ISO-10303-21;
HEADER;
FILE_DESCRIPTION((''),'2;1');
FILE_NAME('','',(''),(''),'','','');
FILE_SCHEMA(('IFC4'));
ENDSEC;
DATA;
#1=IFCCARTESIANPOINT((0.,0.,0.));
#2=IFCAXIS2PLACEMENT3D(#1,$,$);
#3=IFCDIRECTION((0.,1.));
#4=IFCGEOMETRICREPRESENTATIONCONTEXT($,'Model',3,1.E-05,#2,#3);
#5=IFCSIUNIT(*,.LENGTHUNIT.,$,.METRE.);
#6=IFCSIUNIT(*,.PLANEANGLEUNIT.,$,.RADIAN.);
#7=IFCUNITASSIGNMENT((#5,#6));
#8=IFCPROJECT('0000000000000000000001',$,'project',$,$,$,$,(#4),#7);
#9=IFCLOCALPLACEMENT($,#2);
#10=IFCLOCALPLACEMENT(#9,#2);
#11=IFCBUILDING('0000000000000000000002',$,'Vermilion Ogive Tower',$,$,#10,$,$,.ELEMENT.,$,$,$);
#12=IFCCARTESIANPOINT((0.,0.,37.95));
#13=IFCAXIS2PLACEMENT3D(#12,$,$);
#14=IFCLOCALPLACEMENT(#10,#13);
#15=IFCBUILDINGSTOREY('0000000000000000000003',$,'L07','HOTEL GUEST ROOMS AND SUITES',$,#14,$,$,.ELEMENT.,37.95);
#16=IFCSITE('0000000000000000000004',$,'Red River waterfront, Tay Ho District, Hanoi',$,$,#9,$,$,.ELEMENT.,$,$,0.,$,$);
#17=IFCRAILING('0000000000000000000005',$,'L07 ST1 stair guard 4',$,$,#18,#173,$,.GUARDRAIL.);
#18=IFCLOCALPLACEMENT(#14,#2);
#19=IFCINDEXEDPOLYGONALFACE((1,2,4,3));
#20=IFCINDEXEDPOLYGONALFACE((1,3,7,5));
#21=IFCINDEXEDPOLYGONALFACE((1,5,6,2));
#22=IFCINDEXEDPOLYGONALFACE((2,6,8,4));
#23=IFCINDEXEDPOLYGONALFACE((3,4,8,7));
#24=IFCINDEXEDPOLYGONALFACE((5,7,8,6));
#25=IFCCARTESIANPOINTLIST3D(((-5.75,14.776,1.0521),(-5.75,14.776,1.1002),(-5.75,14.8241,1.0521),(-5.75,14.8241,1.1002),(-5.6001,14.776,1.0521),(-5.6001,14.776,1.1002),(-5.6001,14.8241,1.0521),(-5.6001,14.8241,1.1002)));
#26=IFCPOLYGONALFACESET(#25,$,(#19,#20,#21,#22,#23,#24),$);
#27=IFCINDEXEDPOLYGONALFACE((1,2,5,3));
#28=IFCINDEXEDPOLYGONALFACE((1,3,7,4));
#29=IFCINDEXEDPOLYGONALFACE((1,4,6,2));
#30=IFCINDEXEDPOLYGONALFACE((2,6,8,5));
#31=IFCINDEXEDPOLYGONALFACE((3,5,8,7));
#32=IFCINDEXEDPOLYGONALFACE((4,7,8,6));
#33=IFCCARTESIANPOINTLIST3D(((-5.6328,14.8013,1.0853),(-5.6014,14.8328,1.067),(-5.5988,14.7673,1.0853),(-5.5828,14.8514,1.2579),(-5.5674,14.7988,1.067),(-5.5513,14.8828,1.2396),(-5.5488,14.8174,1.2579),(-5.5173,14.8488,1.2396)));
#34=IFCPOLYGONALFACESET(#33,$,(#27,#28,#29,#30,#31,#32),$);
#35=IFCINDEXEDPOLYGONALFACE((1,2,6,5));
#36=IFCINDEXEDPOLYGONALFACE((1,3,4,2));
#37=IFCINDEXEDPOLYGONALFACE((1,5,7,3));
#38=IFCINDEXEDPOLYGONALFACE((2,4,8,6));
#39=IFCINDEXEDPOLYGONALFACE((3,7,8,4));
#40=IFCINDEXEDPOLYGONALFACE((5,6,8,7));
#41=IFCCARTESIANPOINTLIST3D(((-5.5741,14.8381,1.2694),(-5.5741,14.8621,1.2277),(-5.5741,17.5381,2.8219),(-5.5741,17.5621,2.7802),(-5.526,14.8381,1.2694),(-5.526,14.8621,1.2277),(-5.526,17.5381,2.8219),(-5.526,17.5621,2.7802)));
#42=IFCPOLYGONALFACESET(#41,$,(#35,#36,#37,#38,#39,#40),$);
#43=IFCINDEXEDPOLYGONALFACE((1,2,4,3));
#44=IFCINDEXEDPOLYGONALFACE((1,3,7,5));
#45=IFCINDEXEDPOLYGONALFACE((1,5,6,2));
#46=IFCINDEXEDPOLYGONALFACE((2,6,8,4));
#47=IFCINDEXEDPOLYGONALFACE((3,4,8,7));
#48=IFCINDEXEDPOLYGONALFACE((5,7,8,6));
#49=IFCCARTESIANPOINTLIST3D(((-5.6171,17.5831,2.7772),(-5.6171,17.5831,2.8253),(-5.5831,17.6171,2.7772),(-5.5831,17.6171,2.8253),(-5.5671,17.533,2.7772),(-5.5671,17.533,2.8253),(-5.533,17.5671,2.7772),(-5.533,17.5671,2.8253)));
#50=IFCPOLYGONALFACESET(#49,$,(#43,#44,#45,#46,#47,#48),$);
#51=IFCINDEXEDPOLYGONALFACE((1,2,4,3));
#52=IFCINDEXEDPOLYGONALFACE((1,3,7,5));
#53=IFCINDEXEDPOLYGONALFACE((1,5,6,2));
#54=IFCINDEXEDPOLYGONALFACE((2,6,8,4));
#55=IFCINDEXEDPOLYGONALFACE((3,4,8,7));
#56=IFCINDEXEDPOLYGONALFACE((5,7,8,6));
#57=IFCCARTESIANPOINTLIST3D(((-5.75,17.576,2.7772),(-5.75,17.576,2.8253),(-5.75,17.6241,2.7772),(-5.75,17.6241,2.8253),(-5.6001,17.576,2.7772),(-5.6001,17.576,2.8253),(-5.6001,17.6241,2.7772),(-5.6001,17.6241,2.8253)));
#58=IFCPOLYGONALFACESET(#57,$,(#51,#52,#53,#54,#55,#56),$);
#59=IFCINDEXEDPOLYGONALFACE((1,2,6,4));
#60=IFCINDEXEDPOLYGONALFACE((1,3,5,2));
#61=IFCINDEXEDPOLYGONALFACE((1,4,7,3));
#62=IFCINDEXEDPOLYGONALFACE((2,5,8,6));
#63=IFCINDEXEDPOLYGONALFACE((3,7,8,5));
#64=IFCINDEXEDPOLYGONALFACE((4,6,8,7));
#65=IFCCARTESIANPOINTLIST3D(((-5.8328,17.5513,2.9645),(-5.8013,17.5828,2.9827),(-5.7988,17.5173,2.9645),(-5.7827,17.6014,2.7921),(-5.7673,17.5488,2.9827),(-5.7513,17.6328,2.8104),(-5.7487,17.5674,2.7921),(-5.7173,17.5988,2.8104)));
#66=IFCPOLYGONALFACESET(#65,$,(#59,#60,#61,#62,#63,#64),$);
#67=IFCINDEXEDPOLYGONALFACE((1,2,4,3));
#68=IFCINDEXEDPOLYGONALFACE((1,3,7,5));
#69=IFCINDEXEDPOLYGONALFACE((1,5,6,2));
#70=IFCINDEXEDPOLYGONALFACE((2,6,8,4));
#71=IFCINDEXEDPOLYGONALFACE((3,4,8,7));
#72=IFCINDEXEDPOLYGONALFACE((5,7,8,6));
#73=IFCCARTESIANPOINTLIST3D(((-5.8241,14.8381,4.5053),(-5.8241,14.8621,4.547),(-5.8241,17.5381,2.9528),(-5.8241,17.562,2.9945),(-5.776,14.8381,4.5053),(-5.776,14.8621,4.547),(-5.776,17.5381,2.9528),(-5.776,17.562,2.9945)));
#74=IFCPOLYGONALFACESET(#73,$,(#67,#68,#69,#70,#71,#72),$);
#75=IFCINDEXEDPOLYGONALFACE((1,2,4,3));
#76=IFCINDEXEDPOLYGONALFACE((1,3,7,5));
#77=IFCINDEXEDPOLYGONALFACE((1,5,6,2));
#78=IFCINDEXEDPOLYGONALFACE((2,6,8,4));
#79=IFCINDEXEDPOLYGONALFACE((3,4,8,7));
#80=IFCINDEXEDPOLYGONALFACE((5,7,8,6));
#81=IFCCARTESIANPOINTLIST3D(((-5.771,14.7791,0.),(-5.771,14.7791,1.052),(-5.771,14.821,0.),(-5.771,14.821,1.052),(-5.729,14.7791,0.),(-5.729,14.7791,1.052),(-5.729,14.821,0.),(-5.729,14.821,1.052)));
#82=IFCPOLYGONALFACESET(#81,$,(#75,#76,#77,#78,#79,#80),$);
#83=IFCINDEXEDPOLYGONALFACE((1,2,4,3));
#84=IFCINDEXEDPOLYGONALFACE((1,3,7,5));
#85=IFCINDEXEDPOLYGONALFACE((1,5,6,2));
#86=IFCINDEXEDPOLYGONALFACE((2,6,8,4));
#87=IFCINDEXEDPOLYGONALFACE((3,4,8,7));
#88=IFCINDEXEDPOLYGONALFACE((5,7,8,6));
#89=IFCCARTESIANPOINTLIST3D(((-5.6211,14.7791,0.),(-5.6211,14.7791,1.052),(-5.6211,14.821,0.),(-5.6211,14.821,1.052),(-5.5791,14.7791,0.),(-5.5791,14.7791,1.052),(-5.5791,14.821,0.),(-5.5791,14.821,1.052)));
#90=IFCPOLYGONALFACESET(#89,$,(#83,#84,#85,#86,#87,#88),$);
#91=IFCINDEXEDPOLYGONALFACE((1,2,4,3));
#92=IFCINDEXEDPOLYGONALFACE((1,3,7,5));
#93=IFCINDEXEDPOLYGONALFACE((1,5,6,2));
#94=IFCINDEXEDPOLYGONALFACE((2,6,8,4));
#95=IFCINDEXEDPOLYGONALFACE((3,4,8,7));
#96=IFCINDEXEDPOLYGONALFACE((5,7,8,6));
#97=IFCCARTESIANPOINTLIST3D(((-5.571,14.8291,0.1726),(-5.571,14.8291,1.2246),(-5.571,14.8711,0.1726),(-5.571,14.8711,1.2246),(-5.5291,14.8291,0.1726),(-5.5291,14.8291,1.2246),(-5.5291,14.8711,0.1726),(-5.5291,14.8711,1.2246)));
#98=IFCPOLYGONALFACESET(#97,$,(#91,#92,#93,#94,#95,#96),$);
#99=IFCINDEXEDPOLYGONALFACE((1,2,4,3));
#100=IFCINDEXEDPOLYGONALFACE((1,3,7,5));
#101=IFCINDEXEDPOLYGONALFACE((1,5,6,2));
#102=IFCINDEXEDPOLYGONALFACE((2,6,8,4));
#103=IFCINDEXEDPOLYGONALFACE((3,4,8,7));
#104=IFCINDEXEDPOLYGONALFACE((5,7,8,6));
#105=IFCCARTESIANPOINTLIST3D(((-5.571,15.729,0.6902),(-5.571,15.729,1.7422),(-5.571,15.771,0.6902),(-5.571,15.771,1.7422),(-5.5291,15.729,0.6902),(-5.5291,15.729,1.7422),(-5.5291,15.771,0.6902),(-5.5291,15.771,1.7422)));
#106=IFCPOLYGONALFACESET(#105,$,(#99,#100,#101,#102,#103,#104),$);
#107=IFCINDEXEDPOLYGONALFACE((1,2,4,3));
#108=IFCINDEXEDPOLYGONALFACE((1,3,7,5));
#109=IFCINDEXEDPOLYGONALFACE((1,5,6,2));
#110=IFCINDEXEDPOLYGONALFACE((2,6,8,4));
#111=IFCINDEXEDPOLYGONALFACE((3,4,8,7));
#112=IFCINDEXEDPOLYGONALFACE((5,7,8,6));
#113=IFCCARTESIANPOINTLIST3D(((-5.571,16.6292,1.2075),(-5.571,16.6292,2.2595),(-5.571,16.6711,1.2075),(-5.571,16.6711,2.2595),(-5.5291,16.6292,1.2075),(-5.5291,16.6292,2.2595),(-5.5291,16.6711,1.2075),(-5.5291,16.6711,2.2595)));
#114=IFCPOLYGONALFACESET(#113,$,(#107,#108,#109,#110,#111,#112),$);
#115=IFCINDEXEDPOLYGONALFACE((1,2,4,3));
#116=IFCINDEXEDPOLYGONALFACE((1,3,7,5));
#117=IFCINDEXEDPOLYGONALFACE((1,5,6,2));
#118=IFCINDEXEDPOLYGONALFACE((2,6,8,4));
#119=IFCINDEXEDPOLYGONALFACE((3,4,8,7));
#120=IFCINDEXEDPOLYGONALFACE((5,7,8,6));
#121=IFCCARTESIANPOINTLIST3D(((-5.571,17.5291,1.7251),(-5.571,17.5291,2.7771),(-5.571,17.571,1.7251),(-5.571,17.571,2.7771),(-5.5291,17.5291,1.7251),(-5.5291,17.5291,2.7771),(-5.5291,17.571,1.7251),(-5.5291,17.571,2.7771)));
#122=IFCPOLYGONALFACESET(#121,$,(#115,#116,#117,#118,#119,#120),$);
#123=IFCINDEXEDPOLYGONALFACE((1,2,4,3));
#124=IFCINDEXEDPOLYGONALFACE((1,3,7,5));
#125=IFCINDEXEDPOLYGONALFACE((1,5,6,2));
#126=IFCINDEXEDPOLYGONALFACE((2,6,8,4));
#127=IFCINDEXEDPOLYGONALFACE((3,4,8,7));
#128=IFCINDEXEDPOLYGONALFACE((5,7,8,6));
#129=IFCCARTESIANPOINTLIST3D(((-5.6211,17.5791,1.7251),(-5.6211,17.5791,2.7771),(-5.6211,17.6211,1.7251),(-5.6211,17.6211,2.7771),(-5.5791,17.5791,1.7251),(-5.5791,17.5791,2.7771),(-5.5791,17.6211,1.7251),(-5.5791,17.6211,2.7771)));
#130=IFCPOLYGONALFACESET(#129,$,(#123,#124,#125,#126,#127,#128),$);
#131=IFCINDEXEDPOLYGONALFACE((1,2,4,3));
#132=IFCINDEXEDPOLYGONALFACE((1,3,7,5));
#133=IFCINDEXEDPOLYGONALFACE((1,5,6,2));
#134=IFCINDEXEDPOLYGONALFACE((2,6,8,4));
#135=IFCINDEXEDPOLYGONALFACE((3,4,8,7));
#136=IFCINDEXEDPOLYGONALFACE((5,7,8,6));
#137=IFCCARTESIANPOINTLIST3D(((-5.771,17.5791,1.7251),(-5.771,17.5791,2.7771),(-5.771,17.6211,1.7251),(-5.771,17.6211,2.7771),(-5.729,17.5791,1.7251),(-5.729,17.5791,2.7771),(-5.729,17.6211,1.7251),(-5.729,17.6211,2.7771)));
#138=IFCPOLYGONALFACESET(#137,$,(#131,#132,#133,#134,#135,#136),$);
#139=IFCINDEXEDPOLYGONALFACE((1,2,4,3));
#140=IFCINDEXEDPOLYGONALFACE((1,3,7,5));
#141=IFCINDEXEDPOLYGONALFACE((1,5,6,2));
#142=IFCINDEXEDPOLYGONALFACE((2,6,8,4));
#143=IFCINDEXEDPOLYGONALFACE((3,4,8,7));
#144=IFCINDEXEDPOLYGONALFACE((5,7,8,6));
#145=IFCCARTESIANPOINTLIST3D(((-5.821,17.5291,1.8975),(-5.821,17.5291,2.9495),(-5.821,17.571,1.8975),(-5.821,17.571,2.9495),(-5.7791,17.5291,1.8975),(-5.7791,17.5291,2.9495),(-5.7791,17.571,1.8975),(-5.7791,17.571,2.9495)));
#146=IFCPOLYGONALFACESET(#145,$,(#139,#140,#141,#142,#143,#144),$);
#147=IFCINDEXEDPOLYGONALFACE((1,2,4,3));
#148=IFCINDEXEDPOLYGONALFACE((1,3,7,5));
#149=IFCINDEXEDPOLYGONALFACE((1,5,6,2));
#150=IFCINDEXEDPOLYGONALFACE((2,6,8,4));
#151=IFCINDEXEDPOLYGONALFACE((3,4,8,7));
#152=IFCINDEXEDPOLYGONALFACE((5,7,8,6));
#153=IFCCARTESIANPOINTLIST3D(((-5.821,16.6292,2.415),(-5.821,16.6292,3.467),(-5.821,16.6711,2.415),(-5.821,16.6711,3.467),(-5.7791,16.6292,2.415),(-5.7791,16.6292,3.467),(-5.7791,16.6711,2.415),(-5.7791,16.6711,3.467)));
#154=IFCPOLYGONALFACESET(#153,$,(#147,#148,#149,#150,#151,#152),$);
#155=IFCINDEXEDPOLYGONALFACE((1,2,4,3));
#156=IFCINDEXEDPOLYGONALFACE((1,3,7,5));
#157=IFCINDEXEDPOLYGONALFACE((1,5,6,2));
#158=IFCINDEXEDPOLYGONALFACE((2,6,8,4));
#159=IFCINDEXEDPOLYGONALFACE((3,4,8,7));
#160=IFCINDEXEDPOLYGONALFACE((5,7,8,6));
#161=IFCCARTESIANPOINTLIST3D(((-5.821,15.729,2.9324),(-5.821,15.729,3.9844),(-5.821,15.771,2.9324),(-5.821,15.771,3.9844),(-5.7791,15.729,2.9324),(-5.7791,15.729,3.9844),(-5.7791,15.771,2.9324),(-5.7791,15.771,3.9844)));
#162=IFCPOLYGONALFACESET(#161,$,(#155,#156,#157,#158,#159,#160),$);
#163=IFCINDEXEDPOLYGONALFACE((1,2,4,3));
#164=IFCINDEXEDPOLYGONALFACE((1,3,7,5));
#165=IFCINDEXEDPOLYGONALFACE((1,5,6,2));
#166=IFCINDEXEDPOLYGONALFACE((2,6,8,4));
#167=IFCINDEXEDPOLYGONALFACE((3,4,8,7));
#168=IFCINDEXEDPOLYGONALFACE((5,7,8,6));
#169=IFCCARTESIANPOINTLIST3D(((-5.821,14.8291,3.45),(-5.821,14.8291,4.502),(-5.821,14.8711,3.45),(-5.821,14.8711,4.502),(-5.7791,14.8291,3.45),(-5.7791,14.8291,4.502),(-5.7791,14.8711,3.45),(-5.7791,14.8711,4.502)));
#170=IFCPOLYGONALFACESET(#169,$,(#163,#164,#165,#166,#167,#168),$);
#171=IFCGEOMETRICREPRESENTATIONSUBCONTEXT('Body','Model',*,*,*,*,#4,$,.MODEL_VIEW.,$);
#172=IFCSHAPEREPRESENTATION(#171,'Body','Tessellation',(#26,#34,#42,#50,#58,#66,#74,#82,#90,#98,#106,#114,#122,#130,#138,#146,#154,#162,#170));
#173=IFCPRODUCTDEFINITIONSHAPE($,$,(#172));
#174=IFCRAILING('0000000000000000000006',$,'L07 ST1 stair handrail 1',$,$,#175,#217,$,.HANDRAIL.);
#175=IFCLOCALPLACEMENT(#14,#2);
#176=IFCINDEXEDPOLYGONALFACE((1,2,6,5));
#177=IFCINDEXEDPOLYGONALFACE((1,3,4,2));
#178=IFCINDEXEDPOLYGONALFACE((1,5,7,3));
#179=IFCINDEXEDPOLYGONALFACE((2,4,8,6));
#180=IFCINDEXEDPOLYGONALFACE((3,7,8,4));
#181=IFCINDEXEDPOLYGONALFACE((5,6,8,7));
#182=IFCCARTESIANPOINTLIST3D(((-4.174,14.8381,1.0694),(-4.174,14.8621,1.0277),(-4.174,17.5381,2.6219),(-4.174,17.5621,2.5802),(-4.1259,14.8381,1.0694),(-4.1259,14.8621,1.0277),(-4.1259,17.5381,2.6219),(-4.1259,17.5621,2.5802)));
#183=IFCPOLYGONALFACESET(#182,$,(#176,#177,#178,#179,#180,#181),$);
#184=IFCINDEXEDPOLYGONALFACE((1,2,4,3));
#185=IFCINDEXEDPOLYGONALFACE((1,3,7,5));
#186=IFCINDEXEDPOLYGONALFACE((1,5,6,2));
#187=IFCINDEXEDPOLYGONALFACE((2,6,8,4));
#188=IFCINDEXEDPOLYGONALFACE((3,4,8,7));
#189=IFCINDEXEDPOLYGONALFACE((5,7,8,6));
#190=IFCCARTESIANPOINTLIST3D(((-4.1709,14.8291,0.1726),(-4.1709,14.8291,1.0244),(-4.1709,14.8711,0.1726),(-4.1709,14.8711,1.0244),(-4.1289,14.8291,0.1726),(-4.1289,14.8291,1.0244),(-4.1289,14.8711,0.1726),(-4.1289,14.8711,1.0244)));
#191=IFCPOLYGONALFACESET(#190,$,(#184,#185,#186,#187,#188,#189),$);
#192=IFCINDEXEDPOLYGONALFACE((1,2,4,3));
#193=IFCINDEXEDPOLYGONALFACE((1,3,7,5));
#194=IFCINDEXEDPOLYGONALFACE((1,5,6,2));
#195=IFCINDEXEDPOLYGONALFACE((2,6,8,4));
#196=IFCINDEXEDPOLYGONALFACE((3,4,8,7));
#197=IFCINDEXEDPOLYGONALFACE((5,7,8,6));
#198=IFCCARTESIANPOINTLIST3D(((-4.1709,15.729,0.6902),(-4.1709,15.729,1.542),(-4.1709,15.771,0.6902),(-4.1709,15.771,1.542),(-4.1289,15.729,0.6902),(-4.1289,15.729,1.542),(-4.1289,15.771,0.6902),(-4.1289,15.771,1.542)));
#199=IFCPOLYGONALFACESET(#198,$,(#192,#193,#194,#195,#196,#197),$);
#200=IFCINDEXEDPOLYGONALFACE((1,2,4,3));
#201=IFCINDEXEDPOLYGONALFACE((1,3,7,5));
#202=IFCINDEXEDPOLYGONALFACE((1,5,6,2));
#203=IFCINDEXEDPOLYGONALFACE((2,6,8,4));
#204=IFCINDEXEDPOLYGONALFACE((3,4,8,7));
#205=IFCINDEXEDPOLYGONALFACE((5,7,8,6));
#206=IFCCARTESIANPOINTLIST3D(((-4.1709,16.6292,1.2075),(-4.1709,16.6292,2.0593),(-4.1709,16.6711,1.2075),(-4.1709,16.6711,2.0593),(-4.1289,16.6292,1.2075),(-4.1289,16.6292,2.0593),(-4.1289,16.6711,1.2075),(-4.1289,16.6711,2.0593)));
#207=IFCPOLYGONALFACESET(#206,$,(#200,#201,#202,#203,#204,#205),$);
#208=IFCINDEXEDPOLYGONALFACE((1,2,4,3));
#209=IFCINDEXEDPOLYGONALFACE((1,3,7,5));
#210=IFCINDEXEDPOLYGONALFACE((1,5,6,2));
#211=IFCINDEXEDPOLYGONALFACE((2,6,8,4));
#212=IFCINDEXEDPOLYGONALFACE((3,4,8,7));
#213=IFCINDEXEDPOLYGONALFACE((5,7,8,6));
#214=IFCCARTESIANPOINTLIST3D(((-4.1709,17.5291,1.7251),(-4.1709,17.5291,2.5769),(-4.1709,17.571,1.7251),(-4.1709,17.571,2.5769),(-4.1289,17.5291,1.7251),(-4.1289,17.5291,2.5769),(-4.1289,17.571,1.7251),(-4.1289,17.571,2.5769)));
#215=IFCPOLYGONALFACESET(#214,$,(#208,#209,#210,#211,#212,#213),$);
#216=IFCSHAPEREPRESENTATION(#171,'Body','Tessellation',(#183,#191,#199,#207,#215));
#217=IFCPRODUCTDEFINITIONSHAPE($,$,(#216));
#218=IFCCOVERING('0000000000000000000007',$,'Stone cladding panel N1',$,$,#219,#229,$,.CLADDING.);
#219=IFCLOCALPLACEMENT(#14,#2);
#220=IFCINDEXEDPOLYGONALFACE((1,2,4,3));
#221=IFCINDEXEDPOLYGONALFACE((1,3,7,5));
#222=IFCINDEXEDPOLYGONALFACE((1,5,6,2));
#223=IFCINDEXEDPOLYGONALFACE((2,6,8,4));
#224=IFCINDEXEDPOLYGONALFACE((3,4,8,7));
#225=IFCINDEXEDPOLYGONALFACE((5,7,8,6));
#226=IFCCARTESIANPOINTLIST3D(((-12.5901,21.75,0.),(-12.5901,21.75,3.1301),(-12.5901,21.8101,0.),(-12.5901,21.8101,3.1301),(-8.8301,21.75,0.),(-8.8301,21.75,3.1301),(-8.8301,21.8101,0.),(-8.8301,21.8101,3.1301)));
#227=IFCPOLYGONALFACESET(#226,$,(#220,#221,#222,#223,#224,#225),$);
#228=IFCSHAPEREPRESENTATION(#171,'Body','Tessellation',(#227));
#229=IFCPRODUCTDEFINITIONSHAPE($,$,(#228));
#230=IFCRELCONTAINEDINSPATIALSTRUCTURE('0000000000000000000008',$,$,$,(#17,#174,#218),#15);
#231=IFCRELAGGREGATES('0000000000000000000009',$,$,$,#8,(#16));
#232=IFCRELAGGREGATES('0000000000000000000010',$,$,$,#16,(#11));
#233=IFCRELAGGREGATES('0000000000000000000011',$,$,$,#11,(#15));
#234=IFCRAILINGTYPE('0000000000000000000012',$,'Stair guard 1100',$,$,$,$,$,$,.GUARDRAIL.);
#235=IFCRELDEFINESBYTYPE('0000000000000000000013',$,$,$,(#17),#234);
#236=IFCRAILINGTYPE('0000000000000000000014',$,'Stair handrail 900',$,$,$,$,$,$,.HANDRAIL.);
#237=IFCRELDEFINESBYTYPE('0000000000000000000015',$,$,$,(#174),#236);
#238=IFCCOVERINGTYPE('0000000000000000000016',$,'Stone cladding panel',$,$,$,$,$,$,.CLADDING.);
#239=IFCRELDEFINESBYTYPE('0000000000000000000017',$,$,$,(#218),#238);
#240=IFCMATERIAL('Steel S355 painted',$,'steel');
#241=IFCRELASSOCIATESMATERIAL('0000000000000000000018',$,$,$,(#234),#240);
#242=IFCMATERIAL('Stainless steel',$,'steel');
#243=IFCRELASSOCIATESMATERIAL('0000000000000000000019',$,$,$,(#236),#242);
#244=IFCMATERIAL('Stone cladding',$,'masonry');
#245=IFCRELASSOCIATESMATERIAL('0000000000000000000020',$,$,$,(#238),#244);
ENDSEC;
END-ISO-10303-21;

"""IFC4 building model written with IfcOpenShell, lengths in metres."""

from ifc_helpers import new_model, si_unit, direction, frame, origin, origin_2d, place, context, subcontext, project, spatial, polyline, rectangle, outline, extrude, material, type_object, element, save


model = new_model("IFC4")

# Units and contexts
model_context = context("Model", 3, precision=1e-05, world=origin(), true_north=direction((0.0, 1.0)))
body_context = subcontext(model_context, "Body", "Model", "MODEL_VIEW")
ifc_project = project(units=[si_unit("LENGTHUNIT", "METRE"), si_unit("PLANEANGLEUNIT", "RADIAN")], contexts=[model_context])

# Site, building, storey
site_placement = place(None, origin())
site = spatial("IfcSite", under=ifc_project, at=site_placement, Name="Red River waterfront, Tay Ho District, Hanoi", CompositionType="ELEMENT", RefElevation=0.0)
building_placement = place(site_placement, origin())
building = spatial("IfcBuilding", under=site, at=building_placement, Name="Vermilion Ogive Tower", CompositionType="ELEMENT")
storey_placement = place(building_placement, frame((0.0, 0.0, 37.95)))
storey = spatial("IfcBuildingStorey", under=building, at=storey_placement, Name="L07", Description="HOTEL GUEST ROOMS AND SUITES", CompositionType="ELEMENT", Elevation=37.95)

# Railings
ifc_material_1 = material(Name="Steel S355 painted", Category="steel")
railing_type_1 = type_object("IfcRailingType", Name="Stair guard 1100", PredefinedType="GUARDRAIL", material=ifc_material_1)
railing_1_placement = place(storey_placement, frame((-5.75, 14.8, 0.0)))
element("IfcRailing", 1, at=railing_1_placement, inside=storey, type_object=railing_type_1, Name="L07 ST1 stair guard 4", PredefinedType="GUARDRAIL", context=body_context, shape_type="SweptSolid", body=[
    extrude(rectangle(XDim=0.0481, YDim=0.0481, at=origin_2d()), frame((0.0, 0.0, 1.0762), z_axis=(1.0, 0.0, 0.0), x_axis=(0.0, 1.0, 0.0)), (0.0, 0.0, 1.0), 0.1499),
    extrude(rectangle(XDim=0.0481, YDim=0.0481, at=origin_2d()), frame((0.1499, 0.0, 1.0762), z_axis=(0.268278, 0.268278, 0.925232), x_axis=(-0.707107, 0.707107, 0.0)), (0.0, 0.0, 1.0), 0.1865),
    extrude(rectangle(XDim=0.0481, YDim=0.0481, at=origin_2d()), frame((0.2, 0.05, 1.2485), z_axis=(0.0, 0.866904, 0.498476), x_axis=(-1.0, 0.0, 0.0)), (0.0, 0.0, 1.0), 3.1145),
    extrude(rectangle(XDim=0.0481, YDim=0.0481, at=origin_2d()), frame((0.2, 2.75, 2.8013), z_axis=(-0.707107, 0.707107, 0.0), x_axis=(-0.707107, -0.707107, 0.0)), (0.0, 0.0, 1.0), 0.0708),
    extrude(rectangle(XDim=0.0481, YDim=0.0481, at=origin_2d()), frame((0.1499, 2.8, 2.8013), z_axis=(-1.0, 0.0, 0.0), x_axis=(0.0, -1.0, 0.0)), (0.0, 0.0, 1.0), 0.1499),
    extrude(rectangle(XDim=0.0481, YDim=0.0481, at=origin_2d()), frame((0.0, 2.8, 2.8013), z_axis=(-0.268603, -0.268603, 0.925043), x_axis=(0.707107, -0.707107, 0.0)), (0.0, 0.0, 1.0), 0.1863),
    extrude(rectangle(XDim=0.0481, YDim=0.0481, at=origin_2d()), frame((-0.05, 2.75, 2.9736), z_axis=(0.0, -0.866904, 0.498476), x_axis=(1.0, 0.0, 0.0)), (0.0, 0.0, 1.0), 3.1145),
    extrude(rectangle(XDim=0.042, YDim=0.042, at=origin_2d()), origin(), (0.0, 0.0, 1.0), 1.052),
    extrude(rectangle(XDim=0.042, YDim=0.042, at=origin_2d()), frame((0.1499, 0.0, 0.0)), (0.0, 0.0, 1.0), 1.052),
    extrude(rectangle(XDim=0.042, YDim=0.042, at=origin_2d()), frame((0.2, 0.05, 0.1726)), (0.0, 0.0, 1.0), 1.052),
    extrude(rectangle(XDim=0.042, YDim=0.042, at=origin_2d()), frame((0.2, 0.95, 0.6902)), (0.0, 0.0, 1.0), 1.052),
    extrude(rectangle(XDim=0.042, YDim=0.042, at=origin_2d()), frame((0.2, 1.8501, 1.2075)), (0.0, 0.0, 1.0), 1.052),
    extrude(rectangle(XDim=0.042, YDim=0.042, at=origin_2d()), frame((0.2, 2.75, 1.7251)), (0.0, 0.0, 1.0), 1.052),
    extrude(rectangle(XDim=0.042, YDim=0.042, at=origin_2d()), frame((0.1499, 2.8, 1.7251)), (0.0, 0.0, 1.0), 1.052),
    extrude(rectangle(XDim=0.042, YDim=0.042, at=origin_2d()), frame((0.0, 2.8, 1.7251)), (0.0, 0.0, 1.0), 1.052),
    extrude(rectangle(XDim=0.042, YDim=0.042, at=origin_2d()), frame((-0.05, 2.75, 1.8975)), (0.0, 0.0, 1.0), 1.052),
    extrude(rectangle(XDim=0.042, YDim=0.042, at=origin_2d()), frame((-0.05, 1.8501, 2.415)), (0.0, 0.0, 1.0), 1.052),
    extrude(rectangle(XDim=0.042, YDim=0.042, at=origin_2d()), frame((-0.05, 0.95, 2.9324)), (0.0, 0.0, 1.0), 1.052),
    extrude(rectangle(XDim=0.042, YDim=0.042, at=origin_2d()), frame((-0.05, 0.05, 3.45)), (0.0, 0.0, 1.0), 1.052),
])
ifc_material_2 = material(Name="Stainless steel", Category="steel")
railing_type_2 = type_object("IfcRailingType", Name="Stair handrail 900", PredefinedType="HANDRAIL", material=ifc_material_2)
railing_2_placement = place(storey_placement, frame((-4.1499, 14.8501, 0.1726)))
element("IfcRailing", 2, at=railing_2_placement, inside=storey, type_object=railing_type_2, Name="L07 ST1 stair handrail 1", PredefinedType="HANDRAIL", context=body_context, shape_type="SweptSolid", body=[
    extrude(rectangle(XDim=0.0481, YDim=0.0481, at=origin_2d()), frame((0.0, 0.0, 0.876), z_axis=(0.0, 0.866904, 0.498476), x_axis=(-1.0, 0.0, 0.0)), (0.0, 0.0, 1.0), 3.1145),
    extrude(rectangle(XDim=0.042, YDim=0.042, at=origin_2d()), origin(), (0.0, 0.0, 1.0), 0.8518),
    extrude(rectangle(XDim=0.042, YDim=0.042, at=origin_2d()), frame((0.0, 0.8999, 0.5176)), (0.0, 0.0, 1.0), 0.8518),
    extrude(rectangle(XDim=0.042, YDim=0.042, at=origin_2d()), frame((0.0, 1.8, 1.0349)), (0.0, 0.0, 1.0), 0.8518),
    extrude(rectangle(XDim=0.042, YDim=0.042, at=origin_2d()), frame((0.0, 2.7, 1.5525)), (0.0, 0.0, 1.0), 0.8518),
])

# Covering
ifc_material_3 = material(Name="Stone cladding", Category="masonry")
covering_type_1 = type_object("IfcCoveringType", Name="Stone cladding panel", PredefinedType="CLADDING", material=ifc_material_3)
covering_1_placement = place(storey_placement, origin())
element("IfcCovering", 3, at=covering_1_placement, inside=storey, type_object=covering_type_1, Name="Stone cladding panel N1", PredefinedType="CLADDING", context=body_context, shape_type="SweptSolid", body=[
    extrude(outline(polyline([(-12.5901, 21.75), (-8.8301, 21.75), (-8.8301, 21.8101), (-12.5901, 21.8101), (-12.5901, 21.75)])), origin(), (0.0, 0.0, 1.0), 3.1301),
])

save(model, "model.ifc")
